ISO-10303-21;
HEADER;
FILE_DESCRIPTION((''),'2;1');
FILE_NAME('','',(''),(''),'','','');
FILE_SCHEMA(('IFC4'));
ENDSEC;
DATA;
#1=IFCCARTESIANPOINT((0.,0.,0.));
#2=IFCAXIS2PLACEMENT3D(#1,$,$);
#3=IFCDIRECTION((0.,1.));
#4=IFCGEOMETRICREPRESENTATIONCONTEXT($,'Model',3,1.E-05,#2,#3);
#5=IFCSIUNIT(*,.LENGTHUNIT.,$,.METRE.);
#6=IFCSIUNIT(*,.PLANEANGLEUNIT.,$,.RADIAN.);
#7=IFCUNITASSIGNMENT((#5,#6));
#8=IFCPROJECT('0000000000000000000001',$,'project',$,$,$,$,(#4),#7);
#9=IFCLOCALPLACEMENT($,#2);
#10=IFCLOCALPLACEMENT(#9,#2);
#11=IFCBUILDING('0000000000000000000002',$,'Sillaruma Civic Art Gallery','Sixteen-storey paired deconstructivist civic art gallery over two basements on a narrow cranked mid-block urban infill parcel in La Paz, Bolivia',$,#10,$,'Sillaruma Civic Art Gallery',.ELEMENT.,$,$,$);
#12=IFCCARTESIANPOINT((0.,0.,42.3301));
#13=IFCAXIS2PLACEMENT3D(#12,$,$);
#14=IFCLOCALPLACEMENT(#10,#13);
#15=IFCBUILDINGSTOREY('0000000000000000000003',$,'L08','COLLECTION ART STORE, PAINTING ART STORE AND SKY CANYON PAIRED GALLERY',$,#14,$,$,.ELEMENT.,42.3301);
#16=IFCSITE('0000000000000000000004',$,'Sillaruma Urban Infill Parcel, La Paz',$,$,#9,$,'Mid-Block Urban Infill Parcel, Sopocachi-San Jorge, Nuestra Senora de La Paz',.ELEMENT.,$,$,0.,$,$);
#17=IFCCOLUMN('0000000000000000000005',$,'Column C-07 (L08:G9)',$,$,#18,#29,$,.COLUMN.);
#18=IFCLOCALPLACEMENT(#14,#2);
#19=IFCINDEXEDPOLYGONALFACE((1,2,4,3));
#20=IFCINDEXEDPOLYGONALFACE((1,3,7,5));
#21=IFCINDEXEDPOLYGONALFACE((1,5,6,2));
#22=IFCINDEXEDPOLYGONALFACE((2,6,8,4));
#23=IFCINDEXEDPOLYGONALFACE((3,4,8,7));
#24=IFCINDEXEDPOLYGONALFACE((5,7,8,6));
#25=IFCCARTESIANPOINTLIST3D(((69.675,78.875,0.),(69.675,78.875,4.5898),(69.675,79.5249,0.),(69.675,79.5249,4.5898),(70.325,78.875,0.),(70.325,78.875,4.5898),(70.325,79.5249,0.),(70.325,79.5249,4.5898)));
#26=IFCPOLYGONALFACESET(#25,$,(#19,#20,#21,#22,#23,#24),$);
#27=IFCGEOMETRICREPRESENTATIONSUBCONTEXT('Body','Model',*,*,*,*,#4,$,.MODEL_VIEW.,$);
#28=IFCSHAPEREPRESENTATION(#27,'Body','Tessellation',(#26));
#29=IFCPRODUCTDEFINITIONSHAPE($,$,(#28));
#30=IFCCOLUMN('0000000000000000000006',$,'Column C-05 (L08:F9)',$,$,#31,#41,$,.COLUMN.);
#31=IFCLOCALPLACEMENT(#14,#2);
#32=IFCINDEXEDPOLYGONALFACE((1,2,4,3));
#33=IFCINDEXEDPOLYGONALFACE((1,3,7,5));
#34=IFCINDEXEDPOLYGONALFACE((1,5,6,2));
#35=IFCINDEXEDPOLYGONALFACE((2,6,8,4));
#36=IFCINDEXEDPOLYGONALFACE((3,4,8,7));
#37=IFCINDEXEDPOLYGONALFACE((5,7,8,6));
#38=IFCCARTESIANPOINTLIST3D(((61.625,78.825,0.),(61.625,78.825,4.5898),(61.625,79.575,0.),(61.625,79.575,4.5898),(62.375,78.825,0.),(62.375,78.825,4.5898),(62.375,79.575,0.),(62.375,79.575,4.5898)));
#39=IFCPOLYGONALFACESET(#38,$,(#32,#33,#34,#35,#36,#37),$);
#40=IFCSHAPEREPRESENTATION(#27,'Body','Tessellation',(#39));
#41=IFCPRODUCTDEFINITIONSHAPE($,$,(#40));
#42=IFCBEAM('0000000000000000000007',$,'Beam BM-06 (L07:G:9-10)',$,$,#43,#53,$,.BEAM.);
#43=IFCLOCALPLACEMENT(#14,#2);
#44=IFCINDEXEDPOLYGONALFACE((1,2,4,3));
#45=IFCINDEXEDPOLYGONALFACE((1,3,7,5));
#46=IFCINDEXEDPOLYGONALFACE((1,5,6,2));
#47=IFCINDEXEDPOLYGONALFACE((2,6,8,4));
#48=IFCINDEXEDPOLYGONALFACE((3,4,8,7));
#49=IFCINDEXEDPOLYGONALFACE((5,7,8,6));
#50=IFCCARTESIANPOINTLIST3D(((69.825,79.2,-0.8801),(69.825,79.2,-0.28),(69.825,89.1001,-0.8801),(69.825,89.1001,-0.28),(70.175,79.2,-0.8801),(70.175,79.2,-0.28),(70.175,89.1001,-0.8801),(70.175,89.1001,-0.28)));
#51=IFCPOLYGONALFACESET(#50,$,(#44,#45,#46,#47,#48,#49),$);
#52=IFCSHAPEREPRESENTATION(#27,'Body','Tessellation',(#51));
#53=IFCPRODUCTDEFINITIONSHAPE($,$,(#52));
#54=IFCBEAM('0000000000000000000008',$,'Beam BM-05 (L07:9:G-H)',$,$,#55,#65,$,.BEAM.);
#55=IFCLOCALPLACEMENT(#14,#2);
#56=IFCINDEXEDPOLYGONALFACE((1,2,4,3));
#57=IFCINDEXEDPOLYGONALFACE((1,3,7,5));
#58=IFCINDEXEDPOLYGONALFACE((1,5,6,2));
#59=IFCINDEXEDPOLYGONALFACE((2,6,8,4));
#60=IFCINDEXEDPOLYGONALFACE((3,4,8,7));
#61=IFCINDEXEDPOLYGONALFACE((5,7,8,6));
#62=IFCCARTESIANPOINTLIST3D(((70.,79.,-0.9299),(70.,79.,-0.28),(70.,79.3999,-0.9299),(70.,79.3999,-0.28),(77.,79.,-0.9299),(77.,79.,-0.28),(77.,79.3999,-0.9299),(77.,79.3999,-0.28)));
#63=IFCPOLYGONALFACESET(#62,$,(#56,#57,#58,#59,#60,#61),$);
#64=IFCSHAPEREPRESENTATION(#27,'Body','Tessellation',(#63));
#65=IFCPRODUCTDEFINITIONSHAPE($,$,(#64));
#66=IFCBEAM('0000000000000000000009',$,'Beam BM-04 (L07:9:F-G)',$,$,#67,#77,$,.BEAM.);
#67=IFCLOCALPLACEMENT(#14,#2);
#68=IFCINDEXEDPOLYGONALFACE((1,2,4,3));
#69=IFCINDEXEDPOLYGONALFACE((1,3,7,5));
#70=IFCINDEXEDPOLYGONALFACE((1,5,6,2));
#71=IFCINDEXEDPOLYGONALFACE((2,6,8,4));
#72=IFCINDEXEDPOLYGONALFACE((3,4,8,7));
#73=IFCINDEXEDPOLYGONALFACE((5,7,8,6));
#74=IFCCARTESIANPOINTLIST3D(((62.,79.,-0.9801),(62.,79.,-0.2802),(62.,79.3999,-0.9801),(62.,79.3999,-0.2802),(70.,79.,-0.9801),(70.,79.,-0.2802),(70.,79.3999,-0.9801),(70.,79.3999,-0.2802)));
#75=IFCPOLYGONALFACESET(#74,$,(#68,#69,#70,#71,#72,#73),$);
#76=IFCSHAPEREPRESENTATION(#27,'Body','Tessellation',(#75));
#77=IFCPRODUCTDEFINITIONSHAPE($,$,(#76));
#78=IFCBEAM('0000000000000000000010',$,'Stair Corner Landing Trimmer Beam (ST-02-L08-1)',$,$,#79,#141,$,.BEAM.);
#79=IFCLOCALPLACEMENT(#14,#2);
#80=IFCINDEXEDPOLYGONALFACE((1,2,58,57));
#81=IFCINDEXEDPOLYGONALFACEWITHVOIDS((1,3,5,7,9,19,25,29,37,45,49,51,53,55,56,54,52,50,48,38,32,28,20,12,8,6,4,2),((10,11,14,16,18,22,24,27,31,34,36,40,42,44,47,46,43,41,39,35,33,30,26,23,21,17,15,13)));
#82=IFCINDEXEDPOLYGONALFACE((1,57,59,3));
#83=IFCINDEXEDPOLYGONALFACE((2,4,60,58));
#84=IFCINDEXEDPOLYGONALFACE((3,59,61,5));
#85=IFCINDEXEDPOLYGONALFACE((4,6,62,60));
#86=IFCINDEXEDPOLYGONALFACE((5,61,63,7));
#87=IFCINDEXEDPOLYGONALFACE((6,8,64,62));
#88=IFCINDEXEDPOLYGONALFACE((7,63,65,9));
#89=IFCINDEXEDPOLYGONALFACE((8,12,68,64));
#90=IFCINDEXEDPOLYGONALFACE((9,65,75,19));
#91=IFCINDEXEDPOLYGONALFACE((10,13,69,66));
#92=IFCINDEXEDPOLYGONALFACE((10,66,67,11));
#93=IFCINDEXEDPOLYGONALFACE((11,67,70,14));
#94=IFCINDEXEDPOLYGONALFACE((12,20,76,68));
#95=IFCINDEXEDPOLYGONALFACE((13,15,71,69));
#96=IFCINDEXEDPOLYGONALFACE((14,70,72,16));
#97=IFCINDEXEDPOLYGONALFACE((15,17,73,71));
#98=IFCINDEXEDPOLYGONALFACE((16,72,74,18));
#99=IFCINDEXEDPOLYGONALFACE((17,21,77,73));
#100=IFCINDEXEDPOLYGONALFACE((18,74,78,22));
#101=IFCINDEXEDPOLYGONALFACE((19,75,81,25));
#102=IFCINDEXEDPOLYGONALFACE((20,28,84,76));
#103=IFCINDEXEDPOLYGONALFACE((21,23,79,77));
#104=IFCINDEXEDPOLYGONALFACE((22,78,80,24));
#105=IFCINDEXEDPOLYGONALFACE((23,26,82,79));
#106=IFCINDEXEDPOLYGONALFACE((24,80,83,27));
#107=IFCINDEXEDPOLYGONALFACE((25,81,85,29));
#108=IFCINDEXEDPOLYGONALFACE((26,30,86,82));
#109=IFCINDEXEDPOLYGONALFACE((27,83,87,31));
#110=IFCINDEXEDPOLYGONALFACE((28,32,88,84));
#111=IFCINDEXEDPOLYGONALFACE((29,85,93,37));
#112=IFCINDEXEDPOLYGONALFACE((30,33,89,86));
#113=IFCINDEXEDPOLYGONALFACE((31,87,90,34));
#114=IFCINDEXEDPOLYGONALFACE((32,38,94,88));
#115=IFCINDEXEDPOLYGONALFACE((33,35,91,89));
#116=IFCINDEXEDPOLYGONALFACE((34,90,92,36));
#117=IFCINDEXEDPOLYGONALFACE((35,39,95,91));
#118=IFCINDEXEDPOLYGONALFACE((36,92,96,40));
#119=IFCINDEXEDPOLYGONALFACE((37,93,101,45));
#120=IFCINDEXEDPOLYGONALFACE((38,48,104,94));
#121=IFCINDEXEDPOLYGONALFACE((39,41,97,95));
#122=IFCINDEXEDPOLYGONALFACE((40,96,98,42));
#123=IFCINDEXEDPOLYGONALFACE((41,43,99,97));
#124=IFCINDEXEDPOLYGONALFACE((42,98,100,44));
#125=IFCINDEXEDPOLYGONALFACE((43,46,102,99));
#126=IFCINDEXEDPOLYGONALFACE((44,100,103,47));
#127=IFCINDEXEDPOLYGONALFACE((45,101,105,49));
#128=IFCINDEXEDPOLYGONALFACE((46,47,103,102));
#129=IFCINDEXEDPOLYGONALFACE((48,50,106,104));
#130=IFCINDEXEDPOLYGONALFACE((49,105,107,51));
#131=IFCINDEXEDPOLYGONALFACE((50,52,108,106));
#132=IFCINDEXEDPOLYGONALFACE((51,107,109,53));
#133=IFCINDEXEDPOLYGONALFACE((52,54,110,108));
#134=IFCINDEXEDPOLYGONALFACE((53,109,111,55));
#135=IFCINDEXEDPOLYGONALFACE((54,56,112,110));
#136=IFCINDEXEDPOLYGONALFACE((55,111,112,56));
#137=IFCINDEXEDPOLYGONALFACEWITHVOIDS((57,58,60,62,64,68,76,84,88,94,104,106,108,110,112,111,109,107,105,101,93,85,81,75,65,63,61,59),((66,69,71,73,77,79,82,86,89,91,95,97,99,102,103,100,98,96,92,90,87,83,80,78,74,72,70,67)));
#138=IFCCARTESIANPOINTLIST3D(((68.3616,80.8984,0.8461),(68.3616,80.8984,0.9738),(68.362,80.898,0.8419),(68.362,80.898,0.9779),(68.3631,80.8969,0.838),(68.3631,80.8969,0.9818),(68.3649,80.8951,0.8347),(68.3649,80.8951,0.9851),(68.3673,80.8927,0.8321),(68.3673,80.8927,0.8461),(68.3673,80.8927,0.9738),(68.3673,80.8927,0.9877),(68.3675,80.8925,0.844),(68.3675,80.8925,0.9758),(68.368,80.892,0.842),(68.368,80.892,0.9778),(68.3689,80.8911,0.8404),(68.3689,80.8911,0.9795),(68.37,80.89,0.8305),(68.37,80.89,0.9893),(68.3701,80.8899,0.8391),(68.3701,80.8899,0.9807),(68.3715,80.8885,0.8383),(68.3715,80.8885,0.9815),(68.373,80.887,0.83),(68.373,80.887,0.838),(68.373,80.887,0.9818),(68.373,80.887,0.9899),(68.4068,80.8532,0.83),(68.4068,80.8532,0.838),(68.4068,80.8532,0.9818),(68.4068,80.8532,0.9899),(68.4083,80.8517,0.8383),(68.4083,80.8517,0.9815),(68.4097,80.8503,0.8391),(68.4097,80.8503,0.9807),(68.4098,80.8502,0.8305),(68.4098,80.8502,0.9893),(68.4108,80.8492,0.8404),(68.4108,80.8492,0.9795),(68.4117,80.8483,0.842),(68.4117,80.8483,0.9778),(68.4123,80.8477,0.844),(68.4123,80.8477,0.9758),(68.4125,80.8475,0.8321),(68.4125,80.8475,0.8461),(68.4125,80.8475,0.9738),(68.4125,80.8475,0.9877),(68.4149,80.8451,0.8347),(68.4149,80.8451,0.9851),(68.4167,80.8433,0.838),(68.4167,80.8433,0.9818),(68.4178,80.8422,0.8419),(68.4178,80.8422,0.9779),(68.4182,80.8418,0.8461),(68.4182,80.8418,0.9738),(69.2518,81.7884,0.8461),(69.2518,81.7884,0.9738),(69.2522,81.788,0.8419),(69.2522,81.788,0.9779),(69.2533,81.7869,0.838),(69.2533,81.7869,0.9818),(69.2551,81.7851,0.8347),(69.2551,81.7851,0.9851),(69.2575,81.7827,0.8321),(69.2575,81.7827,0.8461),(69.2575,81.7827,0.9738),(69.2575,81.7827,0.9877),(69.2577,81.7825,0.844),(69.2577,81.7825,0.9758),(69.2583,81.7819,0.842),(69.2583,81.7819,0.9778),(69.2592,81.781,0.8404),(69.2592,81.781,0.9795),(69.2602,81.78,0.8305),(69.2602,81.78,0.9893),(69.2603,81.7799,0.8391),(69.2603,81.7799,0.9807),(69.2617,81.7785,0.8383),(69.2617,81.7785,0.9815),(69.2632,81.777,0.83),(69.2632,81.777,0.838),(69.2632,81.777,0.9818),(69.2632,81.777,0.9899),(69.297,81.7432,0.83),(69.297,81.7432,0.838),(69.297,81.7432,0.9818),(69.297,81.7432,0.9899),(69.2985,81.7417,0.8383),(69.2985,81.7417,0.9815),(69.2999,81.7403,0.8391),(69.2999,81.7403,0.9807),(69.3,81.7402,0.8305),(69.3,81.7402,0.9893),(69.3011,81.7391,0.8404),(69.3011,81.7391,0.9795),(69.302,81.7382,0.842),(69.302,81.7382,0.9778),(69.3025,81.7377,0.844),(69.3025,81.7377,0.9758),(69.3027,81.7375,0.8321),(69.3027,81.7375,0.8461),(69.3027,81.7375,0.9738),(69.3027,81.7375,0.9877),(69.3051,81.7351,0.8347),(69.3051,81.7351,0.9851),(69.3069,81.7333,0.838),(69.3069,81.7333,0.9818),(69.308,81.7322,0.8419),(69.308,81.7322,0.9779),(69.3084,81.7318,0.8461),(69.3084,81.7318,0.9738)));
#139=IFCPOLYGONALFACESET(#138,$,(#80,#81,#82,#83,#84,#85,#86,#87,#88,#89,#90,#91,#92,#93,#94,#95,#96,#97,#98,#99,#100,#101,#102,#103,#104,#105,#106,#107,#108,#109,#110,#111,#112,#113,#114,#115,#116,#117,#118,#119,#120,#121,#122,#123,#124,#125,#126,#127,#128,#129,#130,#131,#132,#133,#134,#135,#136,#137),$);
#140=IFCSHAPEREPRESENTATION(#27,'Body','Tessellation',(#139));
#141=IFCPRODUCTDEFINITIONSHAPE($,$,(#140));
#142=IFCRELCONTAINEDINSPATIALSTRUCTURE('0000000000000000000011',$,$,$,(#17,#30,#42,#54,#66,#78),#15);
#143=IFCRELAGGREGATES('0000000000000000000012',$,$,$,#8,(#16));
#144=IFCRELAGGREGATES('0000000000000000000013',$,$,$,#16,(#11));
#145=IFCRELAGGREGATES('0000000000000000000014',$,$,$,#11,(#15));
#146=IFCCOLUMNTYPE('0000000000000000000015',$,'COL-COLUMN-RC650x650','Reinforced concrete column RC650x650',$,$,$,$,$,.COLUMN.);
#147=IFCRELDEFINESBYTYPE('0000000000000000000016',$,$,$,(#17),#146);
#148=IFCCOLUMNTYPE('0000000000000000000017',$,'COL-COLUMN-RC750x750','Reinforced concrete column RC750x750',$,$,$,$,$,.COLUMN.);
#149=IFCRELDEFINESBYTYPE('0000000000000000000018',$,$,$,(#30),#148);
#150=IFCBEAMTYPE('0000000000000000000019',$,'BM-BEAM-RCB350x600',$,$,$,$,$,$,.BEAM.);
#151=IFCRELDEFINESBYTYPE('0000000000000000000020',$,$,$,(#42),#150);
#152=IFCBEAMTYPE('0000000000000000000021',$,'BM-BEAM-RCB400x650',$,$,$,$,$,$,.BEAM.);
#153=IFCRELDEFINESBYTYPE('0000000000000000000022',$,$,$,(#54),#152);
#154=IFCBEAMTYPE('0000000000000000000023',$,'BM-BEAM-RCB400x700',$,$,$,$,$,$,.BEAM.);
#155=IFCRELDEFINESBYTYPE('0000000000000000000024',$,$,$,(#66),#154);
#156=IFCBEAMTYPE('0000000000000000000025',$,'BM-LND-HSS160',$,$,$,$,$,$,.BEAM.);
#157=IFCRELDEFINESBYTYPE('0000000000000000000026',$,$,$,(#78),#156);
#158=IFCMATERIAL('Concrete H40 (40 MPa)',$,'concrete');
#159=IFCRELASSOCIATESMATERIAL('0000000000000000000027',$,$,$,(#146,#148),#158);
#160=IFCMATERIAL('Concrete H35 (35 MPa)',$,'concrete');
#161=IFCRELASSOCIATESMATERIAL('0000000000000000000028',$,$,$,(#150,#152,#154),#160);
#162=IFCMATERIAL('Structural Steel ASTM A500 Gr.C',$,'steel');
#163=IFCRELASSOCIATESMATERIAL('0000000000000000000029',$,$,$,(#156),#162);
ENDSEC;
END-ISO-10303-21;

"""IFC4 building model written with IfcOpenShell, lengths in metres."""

from ifc_helpers import new_model, si_unit, direction, frame, origin, origin_2d, place, context, subcontext, project, spatial, rectangle, hollow_rectangle, extrude, material, material_profile, profile_set, type_object, element, save


model = new_model("IFC4")

# Units and contexts
model_context = context("Model", 3, precision=1e-05, world=origin(), true_north=direction((0.0, 1.0)))
body_context = subcontext(model_context, "Body", "Model", "MODEL_VIEW")
ifc_project = project(units=[si_unit("LENGTHUNIT", "METRE"), si_unit("PLANEANGLEUNIT", "RADIAN")], contexts=[model_context])

# Site, building, storey
site_placement = place(None, origin())
site = spatial("IfcSite", under=ifc_project, at=site_placement, Name="Sillaruma Urban Infill Parcel, La Paz", LongName="Mid-Block Urban Infill Parcel, Sopocachi-San Jorge, Nuestra Senora de La Paz", CompositionType="ELEMENT", RefElevation=0.0)
building_placement = place(site_placement, origin())
building = spatial("IfcBuilding", under=site, at=building_placement, Name="Sillaruma Civic Art Gallery", Description="Sixteen-storey paired deconstructivist civic art gallery over two basements on a narrow cranked mid-block urban infill parcel in La Paz, Bolivia", LongName="Sillaruma Civic Art Gallery", CompositionType="ELEMENT")
storey_placement = place(building_placement, frame((0.0, 0.0, 42.3301)))
storey = spatial("IfcBuildingStorey", under=building, at=storey_placement, Name="L08", Description="COLLECTION ART STORE, PAINTING ART STORE AND SKY CANYON PAIRED GALLERY", CompositionType="ELEMENT", Elevation=42.3301)

# Columns
ifc_material_1 = material(Name="Concrete H40 (40 MPa)", Category="concrete")
ifc_material_profile_1 = material_profile(ifc_material_1, rectangle(XDim=0.6499, YDim=0.6499, at=origin_2d()), Name="RC650x650")
ifc_profile_set_1 = profile_set([ifc_material_profile_1], Name="Concrete H40 (40 MPa)")
column_type_1 = type_object("IfcColumnType", Name="COL-COLUMN-RC650x650", Description="Reinforced concrete column RC650x650", PredefinedType="COLUMN", material=ifc_profile_set_1)
column_1_placement = place(storey_placement, frame((70.0, 79.2, 0.0), z_axis=(0.0, 0.0, 1.0), x_axis=(1.0, 0.0, 0.0)))
element("IfcColumn", 1, at=column_1_placement, inside=storey, type_object=column_type_1, Name="Column C-07 (L08:G9)", PredefinedType="COLUMN", context=body_context, shape_type="SweptSolid", body=[
    extrude(rectangle(XDim=0.6499, YDim=0.6499, at=origin_2d()), origin(), (0.0, 0.0, 1.0), 4.5898),
])
ifc_material_profile_2 = material_profile(ifc_material_1, rectangle(XDim=0.75, YDim=0.75, at=origin_2d()), Name="RC750x750")
ifc_profile_set_2 = profile_set([ifc_material_profile_2], Name="Concrete H40 (40 MPa)")
column_type_2 = type_object("IfcColumnType", Name="COL-COLUMN-RC750x750", Description="Reinforced concrete column RC750x750", PredefinedType="COLUMN", material=ifc_profile_set_2)
column_2_placement = place(storey_placement, frame((62.0, 79.2, 0.0), z_axis=(0.0, 0.0, 1.0), x_axis=(1.0, 0.0, 0.0)))
element("IfcColumn", 2, at=column_2_placement, inside=storey, type_object=column_type_2, Name="Column C-05 (L08:F9)", PredefinedType="COLUMN", context=body_context, shape_type="SweptSolid", body=[
    extrude(rectangle(XDim=0.75, YDim=0.75, at=origin_2d()), origin(), (0.0, 0.0, 1.0), 4.5898),
])

# Beams
ifc_material_2 = material(Name="Concrete H35 (35 MPa)", Category="concrete")
ifc_material_profile_3 = material_profile(ifc_material_2, rectangle(XDim=0.3501, YDim=0.6001, at=origin_2d()), Name="RCB350x600")
ifc_profile_set_3 = profile_set([ifc_material_profile_3], Name="Concrete H35 (35 MPa)")
beam_type_1 = type_object("IfcBeamType", Name="BM-BEAM-RCB350x600", PredefinedType="BEAM", material=ifc_profile_set_3)
beam_1_placement = place(storey_placement, frame((70.0, 79.2, -0.5801), z_axis=(0.0, 1.0, 0.0), x_axis=(-1.0, 0.0, 0.0)))
element("IfcBeam", 3, at=beam_1_placement, inside=storey, type_object=beam_type_1, Name="Beam BM-06 (L07:G:9-10)", PredefinedType="BEAM", context=body_context, shape_type="SweptSolid", body=[
    extrude(rectangle(XDim=0.3501, YDim=0.6001, at=origin_2d()), origin(), (0.0, 0.0, 1.0), 9.9001),
])
ifc_material_profile_4 = material_profile(ifc_material_2, rectangle(XDim=0.3999, YDim=0.6499, at=origin_2d()), Name="RCB400x650")
ifc_profile_set_4 = profile_set([ifc_material_profile_4], Name="Concrete H35 (35 MPa)")
beam_type_2 = type_object("IfcBeamType", Name="BM-BEAM-RCB400x650", PredefinedType="BEAM", material=ifc_profile_set_4)
beam_2_placement = place(storey_placement, frame((70.0, 79.2, -0.605), z_axis=(1.0, 0.0, 0.0), x_axis=(0.0, 1.0, 0.0)))
element("IfcBeam", 4, at=beam_2_placement, inside=storey, type_object=beam_type_2, Name="Beam BM-05 (L07:9:G-H)", PredefinedType="BEAM", context=body_context, shape_type="SweptSolid", body=[
    extrude(rectangle(XDim=0.3999, YDim=0.6499, at=origin_2d()), origin(), (0.0, 0.0, 1.0), 7.0),
])
ifc_material_profile_5 = material_profile(ifc_material_2, rectangle(XDim=0.3999, YDim=0.7, at=origin_2d()), Name="RCB400x700")
ifc_profile_set_5 = profile_set([ifc_material_profile_5], Name="Concrete H35 (35 MPa)")
beam_type_3 = type_object("IfcBeamType", Name="BM-BEAM-RCB400x700", PredefinedType="BEAM", material=ifc_profile_set_5)
beam_3_placement = place(storey_placement, frame((62.0, 79.2, -0.6301), z_axis=(1.0, 0.0, 0.0), x_axis=(0.0, 1.0, 0.0)))
element("IfcBeam", 5, at=beam_3_placement, inside=storey, type_object=beam_type_3, Name="Beam BM-04 (L07:9:F-G)", PredefinedType="BEAM", context=body_context, shape_type="SweptSolid", body=[
    extrude(rectangle(XDim=0.3999, YDim=0.7, at=origin_2d()), origin(), (0.0, 0.0, 1.0), 8.0),
])
ifc_material_3 = material(Name="Structural Steel ASTM A500 Gr.C", Category="steel")
ifc_material_profile_6 = material_profile(ifc_material_3, hollow_rectangle(XDim=0.0801, YDim=0.1599, WallThickness=0.0081, InnerFilletRadius=0.0081, OuterFilletRadius=0.0161, at=origin_2d()), Name="HSS160x80x8")
ifc_profile_set_6 = profile_set([ifc_material_profile_6], Name="Structural Steel ASTM A500 Gr.C")
beam_type_4 = type_object("IfcBeamType", Name="BM-LND-HSS160", PredefinedType="BEAM", material=ifc_profile_set_6)
for number, where, z_axis, x_axis, name in (
    (6, (68.3899, 80.8701, 0.9099), (0.707204, 0.70701, 0.0), (-0.70701, 0.707204, 0.0), "Stair Corner Landing Trimmer Beam (ST-02-L08-1)"),
):
    element("IfcBeam", number, at=place(storey_placement, frame(where, z_axis=z_axis, x_axis=x_axis)), inside=storey, type_object=beam_type_4, Name=name, PredefinedType="BEAM", context=body_context, shape_type="SweptSolid", body=[
        extrude(hollow_rectangle(XDim=0.0801, YDim=0.1599, WallThickness=0.0081, InnerFilletRadius=0.0081, OuterFilletRadius=0.0161, at=origin_2d()), origin(), (0.0, 0.0, 1.0), 1.2588),
    ])

save(model, "model.ifc")
